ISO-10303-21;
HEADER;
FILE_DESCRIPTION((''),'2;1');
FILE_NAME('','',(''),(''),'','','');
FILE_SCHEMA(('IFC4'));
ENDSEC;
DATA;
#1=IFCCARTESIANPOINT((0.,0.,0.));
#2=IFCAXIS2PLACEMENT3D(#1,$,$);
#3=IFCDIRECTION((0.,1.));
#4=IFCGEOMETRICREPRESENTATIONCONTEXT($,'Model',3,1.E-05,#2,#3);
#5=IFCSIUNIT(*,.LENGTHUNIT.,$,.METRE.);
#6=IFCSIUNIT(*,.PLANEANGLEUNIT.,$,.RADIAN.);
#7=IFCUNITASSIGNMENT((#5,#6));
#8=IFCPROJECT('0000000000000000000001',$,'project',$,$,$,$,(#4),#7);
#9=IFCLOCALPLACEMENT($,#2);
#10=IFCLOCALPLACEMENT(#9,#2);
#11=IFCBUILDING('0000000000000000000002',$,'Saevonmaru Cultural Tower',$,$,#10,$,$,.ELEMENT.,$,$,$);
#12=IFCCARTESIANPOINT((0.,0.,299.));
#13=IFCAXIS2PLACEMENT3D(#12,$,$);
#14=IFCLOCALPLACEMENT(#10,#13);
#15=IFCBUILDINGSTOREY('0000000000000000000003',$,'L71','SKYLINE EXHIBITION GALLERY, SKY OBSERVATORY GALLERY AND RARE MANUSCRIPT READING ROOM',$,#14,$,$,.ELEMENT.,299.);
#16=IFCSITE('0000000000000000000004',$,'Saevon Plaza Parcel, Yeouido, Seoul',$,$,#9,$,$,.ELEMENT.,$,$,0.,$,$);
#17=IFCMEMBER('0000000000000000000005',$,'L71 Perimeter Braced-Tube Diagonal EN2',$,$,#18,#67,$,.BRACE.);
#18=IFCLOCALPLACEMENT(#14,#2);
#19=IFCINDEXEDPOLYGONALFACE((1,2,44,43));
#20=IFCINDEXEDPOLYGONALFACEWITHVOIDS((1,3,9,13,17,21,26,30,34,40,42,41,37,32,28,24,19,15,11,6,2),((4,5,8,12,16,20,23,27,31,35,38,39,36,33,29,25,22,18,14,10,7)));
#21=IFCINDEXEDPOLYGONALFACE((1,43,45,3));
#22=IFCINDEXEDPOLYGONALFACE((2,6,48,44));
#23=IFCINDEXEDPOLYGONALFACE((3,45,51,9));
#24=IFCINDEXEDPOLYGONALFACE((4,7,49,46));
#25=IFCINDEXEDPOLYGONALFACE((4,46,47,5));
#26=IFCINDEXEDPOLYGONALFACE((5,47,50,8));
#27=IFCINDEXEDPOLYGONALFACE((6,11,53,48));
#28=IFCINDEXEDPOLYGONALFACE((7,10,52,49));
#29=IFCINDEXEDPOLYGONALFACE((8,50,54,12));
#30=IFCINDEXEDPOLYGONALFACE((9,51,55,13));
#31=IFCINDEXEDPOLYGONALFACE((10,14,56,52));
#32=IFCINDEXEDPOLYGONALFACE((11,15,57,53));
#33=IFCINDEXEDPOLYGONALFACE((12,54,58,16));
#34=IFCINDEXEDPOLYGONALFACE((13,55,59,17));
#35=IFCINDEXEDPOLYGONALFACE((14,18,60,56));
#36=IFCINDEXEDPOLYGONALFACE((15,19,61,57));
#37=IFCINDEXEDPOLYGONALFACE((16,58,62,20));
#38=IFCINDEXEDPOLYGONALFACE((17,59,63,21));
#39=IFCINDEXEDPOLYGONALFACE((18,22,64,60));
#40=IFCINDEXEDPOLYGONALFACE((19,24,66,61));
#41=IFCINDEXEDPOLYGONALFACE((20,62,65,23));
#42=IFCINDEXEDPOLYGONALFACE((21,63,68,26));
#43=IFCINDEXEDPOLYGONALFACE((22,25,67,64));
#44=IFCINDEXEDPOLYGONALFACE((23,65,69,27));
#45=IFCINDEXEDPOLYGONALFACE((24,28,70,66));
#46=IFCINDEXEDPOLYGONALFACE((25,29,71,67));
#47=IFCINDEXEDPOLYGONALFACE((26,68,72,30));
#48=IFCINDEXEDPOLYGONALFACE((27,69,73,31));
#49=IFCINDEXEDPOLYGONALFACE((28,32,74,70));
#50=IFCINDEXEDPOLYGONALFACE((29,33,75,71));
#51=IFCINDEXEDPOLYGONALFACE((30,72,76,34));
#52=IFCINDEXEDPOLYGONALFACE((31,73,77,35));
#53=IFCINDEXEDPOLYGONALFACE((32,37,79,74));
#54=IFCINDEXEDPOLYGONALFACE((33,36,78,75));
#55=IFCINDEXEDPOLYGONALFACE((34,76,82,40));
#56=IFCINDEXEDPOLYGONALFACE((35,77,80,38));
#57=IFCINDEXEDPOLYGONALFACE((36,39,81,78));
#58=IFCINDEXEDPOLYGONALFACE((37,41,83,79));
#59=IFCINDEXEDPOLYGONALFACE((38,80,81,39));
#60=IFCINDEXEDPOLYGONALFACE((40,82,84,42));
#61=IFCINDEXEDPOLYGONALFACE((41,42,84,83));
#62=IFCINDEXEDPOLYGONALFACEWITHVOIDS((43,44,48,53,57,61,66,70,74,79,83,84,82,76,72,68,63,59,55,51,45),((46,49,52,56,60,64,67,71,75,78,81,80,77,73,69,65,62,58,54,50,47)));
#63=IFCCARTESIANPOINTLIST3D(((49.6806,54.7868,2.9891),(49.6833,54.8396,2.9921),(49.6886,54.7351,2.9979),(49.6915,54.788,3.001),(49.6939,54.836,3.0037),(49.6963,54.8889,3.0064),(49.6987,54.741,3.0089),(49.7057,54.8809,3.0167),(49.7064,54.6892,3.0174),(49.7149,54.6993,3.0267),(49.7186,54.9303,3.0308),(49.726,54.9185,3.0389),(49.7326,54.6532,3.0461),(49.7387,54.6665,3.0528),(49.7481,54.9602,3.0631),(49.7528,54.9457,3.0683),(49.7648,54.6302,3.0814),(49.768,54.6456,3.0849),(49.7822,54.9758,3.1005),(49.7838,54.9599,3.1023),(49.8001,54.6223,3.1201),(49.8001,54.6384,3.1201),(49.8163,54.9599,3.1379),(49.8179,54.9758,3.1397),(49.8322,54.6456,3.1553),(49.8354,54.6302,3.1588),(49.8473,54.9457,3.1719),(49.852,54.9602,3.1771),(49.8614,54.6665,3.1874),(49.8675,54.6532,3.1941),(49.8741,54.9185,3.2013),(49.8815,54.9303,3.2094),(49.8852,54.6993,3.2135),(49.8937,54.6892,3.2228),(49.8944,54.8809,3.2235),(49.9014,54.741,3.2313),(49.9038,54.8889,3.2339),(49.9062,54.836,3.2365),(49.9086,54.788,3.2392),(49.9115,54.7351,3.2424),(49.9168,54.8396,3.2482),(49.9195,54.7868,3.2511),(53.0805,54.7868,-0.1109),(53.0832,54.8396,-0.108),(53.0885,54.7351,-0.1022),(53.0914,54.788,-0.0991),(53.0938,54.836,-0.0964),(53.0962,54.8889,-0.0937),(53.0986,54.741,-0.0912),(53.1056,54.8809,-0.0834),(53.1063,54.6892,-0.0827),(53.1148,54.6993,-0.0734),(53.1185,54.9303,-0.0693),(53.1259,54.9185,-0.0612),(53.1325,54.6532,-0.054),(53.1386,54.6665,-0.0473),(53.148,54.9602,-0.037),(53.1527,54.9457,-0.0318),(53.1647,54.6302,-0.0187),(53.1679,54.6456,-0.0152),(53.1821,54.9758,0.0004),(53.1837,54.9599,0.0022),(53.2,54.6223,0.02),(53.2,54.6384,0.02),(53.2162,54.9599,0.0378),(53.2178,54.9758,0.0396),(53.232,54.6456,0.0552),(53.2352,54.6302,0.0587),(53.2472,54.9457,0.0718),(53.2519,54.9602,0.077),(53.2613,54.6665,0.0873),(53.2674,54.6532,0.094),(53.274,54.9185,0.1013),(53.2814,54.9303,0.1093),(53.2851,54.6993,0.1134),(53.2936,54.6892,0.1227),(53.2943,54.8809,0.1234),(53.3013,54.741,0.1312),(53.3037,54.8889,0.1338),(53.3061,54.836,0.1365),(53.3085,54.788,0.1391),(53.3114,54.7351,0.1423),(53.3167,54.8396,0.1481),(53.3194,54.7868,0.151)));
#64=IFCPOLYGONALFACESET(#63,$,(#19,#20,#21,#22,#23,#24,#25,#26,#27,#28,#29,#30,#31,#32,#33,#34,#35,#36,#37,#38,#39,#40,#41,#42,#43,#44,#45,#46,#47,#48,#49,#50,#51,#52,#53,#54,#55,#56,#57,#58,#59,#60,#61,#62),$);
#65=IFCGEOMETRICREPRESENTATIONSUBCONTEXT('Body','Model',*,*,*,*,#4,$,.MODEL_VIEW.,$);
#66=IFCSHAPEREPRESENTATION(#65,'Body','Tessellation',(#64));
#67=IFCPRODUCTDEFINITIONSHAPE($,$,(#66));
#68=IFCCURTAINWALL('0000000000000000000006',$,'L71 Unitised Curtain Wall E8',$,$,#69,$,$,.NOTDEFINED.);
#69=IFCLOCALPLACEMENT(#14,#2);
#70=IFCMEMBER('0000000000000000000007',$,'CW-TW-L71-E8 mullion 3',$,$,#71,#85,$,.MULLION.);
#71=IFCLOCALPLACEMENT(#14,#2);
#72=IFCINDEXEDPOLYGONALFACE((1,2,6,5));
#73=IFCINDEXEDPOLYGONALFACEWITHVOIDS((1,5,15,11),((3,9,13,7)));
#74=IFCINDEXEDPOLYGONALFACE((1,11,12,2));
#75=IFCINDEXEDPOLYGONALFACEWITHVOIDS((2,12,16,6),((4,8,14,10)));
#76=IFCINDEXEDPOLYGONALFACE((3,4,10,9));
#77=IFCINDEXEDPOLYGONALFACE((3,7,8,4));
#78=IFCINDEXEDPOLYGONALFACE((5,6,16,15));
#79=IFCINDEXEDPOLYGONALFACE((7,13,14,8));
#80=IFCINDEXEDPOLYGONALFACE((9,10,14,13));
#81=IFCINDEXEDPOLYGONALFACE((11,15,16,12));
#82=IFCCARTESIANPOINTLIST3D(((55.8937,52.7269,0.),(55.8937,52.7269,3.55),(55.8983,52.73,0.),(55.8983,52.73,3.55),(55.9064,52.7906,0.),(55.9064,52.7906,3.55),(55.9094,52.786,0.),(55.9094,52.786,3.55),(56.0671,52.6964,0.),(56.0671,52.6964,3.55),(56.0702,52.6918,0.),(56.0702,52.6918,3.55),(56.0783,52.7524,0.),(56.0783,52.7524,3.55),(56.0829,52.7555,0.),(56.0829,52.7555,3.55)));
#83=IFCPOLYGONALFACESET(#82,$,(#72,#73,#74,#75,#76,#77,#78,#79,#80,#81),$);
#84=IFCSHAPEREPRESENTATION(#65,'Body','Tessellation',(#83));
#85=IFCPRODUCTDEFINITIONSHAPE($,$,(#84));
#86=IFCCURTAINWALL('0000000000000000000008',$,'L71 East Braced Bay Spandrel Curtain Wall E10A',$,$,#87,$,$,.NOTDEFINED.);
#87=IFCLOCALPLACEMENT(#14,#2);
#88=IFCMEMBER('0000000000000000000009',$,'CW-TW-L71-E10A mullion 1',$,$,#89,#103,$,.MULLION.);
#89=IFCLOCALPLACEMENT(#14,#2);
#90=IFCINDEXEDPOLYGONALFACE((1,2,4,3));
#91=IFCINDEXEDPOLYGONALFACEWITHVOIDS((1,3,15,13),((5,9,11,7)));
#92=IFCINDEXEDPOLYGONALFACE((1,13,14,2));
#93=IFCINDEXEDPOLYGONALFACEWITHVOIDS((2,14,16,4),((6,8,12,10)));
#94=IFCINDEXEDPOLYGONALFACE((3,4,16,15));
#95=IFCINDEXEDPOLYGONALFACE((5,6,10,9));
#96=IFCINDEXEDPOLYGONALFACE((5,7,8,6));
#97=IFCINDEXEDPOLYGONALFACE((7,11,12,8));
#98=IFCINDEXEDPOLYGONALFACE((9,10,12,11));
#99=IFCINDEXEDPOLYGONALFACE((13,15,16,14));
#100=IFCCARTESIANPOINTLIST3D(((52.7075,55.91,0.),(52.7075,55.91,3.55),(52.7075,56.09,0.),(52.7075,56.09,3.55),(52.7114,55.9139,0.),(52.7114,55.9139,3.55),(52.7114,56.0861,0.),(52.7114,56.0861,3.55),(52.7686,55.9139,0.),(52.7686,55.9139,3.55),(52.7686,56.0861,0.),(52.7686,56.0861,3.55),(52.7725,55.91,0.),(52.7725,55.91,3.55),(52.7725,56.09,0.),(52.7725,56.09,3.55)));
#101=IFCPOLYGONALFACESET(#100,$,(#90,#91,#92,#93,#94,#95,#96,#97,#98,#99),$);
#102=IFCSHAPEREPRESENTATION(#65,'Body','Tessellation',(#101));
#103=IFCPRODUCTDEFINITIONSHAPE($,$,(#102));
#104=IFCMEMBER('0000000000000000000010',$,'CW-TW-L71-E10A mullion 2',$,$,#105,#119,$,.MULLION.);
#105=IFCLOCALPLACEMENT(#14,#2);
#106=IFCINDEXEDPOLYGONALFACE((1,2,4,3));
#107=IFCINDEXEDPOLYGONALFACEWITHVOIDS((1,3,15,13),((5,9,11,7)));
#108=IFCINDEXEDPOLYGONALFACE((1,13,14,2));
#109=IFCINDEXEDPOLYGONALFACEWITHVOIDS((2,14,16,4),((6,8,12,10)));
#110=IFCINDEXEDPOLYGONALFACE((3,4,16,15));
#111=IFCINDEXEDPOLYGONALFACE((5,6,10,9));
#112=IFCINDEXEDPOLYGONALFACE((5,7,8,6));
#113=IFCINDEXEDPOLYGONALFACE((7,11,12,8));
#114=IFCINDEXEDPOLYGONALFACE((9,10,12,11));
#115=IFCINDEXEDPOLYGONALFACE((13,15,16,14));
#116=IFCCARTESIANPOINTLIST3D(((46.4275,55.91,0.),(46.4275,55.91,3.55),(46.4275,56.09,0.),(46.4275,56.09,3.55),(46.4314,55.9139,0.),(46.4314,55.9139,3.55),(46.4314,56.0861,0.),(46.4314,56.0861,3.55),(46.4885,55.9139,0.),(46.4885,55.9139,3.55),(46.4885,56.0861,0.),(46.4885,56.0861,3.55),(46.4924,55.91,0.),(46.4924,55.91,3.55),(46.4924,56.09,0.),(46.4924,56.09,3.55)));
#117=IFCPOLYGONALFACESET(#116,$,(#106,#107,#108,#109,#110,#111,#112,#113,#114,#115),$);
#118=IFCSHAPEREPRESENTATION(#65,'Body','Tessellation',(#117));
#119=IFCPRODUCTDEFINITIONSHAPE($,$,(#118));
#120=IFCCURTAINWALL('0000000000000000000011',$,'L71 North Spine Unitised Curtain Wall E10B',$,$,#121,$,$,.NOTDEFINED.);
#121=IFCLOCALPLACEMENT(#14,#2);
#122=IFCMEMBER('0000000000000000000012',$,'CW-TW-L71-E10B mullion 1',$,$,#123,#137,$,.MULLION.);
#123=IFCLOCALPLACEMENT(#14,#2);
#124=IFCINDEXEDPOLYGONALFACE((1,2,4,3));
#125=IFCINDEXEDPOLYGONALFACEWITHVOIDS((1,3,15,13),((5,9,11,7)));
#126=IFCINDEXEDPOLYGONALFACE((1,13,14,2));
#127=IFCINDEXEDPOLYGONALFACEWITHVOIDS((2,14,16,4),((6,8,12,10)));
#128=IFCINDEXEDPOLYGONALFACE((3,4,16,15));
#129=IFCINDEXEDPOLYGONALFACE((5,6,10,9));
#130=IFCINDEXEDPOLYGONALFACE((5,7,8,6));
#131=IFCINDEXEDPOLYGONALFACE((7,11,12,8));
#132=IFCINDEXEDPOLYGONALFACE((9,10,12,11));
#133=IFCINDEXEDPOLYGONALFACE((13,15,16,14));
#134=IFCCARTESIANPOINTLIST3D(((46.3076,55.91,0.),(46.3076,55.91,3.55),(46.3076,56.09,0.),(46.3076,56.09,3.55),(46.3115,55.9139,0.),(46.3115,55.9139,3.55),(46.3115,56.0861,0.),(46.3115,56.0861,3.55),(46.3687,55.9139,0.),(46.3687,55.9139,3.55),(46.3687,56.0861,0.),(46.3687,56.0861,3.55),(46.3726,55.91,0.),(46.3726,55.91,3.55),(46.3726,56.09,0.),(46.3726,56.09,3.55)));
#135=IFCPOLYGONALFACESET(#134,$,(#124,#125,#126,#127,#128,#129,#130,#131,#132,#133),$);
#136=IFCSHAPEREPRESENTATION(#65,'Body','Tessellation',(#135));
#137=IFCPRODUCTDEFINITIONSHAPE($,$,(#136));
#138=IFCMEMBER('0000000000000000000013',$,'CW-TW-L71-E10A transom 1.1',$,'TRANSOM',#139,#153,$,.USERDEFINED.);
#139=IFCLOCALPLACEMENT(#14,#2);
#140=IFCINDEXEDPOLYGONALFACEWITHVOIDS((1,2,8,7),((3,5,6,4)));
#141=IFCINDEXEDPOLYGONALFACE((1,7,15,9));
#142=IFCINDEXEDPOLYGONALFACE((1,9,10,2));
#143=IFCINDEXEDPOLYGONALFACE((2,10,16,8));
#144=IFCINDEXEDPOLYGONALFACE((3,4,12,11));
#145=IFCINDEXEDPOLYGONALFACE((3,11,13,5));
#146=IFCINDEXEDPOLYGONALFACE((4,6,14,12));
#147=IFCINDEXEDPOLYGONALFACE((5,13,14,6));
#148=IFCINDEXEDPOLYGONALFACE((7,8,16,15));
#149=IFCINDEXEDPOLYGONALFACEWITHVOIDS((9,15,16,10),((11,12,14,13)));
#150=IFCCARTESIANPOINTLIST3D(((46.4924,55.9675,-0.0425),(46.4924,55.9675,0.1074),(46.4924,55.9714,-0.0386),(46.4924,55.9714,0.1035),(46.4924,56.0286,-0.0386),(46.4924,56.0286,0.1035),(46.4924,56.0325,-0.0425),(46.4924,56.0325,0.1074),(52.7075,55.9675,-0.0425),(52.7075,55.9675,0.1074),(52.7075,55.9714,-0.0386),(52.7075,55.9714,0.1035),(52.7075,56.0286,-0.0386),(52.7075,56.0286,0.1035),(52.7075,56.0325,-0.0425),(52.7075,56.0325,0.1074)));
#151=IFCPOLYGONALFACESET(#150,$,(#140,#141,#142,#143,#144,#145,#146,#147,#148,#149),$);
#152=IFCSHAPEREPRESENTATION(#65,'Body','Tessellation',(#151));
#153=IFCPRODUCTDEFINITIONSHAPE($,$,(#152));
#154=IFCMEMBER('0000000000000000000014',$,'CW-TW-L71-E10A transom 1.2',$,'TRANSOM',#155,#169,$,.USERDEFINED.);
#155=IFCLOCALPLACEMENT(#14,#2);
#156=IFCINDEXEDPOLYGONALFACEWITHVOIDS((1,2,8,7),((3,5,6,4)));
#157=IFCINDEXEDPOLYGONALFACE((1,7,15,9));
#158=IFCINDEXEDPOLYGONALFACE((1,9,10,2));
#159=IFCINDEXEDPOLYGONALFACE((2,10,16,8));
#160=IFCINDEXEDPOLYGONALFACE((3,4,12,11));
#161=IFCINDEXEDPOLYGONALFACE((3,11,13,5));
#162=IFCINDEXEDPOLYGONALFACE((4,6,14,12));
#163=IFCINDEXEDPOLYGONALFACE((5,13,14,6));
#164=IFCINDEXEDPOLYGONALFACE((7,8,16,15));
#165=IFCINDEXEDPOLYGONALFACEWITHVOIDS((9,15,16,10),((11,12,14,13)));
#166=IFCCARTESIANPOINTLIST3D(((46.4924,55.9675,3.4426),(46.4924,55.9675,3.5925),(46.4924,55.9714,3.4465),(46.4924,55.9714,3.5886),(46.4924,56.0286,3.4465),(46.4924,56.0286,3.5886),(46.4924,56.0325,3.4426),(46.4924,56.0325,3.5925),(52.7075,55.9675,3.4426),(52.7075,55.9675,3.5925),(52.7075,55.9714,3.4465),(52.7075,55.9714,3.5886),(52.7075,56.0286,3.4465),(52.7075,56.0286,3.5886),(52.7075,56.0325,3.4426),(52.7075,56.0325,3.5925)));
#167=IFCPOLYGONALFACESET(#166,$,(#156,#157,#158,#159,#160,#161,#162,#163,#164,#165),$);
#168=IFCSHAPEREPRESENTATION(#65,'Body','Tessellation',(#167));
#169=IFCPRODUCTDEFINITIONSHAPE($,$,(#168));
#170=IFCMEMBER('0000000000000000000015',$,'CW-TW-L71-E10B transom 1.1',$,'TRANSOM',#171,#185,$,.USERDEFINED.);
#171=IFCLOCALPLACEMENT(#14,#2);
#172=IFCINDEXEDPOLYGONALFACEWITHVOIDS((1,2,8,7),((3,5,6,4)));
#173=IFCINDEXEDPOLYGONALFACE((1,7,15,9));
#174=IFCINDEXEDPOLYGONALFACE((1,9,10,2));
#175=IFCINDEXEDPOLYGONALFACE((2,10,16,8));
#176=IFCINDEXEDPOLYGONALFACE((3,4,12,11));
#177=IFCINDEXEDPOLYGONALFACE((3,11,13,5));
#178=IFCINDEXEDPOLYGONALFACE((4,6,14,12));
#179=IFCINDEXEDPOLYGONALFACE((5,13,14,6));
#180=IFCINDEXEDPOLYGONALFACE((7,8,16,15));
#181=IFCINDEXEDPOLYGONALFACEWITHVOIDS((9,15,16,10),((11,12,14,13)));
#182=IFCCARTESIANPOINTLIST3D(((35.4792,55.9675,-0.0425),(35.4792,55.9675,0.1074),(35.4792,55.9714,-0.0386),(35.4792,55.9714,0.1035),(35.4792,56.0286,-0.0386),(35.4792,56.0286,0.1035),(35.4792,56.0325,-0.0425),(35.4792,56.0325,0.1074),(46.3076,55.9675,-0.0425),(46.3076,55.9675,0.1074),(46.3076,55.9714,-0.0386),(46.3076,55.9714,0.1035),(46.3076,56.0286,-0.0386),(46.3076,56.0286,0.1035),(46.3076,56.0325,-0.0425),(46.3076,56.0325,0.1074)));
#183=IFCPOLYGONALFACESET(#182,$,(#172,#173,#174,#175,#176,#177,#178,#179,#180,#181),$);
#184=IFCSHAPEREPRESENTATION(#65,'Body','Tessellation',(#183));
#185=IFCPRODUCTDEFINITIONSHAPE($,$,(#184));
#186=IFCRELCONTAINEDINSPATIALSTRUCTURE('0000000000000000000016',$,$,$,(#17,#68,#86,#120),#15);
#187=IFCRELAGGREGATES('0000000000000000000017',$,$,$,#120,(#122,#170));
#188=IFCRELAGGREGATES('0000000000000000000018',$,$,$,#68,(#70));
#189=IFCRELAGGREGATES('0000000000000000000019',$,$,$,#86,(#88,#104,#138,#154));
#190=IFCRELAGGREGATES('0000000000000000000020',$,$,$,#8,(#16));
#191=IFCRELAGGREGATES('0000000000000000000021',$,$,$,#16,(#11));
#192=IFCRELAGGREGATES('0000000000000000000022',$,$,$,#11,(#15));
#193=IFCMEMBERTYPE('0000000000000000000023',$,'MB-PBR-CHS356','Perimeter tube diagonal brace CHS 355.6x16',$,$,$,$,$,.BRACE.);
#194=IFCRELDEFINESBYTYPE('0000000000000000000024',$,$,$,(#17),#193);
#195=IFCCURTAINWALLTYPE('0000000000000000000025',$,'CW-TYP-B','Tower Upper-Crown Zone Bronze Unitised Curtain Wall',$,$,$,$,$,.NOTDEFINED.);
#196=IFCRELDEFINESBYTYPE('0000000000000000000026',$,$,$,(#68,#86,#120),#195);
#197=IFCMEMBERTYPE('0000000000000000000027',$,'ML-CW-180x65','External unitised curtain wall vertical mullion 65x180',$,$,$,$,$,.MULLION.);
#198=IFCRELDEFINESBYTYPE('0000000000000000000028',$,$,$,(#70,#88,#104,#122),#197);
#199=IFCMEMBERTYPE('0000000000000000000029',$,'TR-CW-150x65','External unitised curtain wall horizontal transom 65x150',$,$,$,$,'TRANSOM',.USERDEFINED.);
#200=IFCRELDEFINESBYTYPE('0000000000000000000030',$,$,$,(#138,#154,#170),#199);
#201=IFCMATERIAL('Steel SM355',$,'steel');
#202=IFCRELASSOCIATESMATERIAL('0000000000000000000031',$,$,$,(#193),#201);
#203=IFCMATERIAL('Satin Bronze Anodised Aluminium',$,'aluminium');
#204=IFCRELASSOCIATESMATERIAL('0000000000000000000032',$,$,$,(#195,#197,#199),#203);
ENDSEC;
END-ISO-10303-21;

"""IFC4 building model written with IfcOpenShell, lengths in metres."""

from ifc_helpers import new_model, si_unit, direction, frame, origin, origin_2d, place, context, subcontext, project, spatial, hollow_rectangle, hollow_circle, extrude, material, material_profile, profile_set, type_object, element, aggregate, save


model = new_model("IFC4")

# Units and contexts
model_context = context("Model", 3, precision=1e-05, world=origin(), true_north=direction((0.0, 1.0)))
body_context = subcontext(model_context, "Body", "Model", "MODEL_VIEW")
ifc_project = project(units=[si_unit("LENGTHUNIT", "METRE"), si_unit("PLANEANGLEUNIT", "RADIAN")], contexts=[model_context])

# Site, building, storey
site_placement = place(None, origin())
site = spatial("IfcSite", under=ifc_project, at=site_placement, Name="Saevon Plaza Parcel, Yeouido, Seoul", CompositionType="ELEMENT", RefElevation=0.0)
building_placement = place(site_placement, origin())
building = spatial("IfcBuilding", under=site, at=building_placement, Name="Saevonmaru Cultural Tower", CompositionType="ELEMENT")
storey_placement = place(building_placement, frame((0.0, 0.0, 299.0)))
storey = spatial("IfcBuildingStorey", under=building, at=storey_placement, Name="L71", Description="SKYLINE EXHIBITION GALLERY, SKY OBSERVATORY GALLERY AND RARE MANUSCRIPT READING ROOM", CompositionType="ELEMENT", Elevation=299.0)

# Shared definitions
ifc_material_1 = material(Name="Steel SM355", Category="steel")

# Member
ifc_material_profile_1 = material_profile(ifc_material_1, hollow_circle(Radius=0.1777, WallThickness=0.0161, at=origin_2d()), Name="CHS-355.6x16")
ifc_profile_set_1 = profile_set([ifc_material_profile_1], Name="Steel SM355")
member_type_1 = type_object("IfcMemberType", Name="MB-PBR-CHS356", Description="Perimeter tube diagonal brace CHS 355.6x16", PredefinedType="BRACE", material=ifc_profile_set_1)
member_1_placement = place(storey_placement, frame((53.2, 54.8, 0.02), z_axis=(-0.738936, 0.0, 0.673776), x_axis=(0.0, -1.0, 0.0)))
element("IfcMember", 1, at=member_1_placement, inside=storey, type_object=member_type_1, Name="L71 Perimeter Braced-Tube Diagonal EN2", PredefinedType="BRACE", context=body_context, shape_type="SweptSolid", body=[
    extrude(hollow_circle(Radius=0.1777, WallThickness=0.0161, at=origin_2d()), origin(), (0.0, 0.0, 1.0), 4.6011),
])

# Curtain wall, member
ifc_material_2 = material(Name="Satin Bronze Anodised Aluminium", Category="aluminium")
curtain_wall_type = type_object("IfcCurtainWallType", Name="CW-TYP-B", Description="Tower Upper-Crown Zone Bronze Unitised Curtain Wall", PredefinedType="NOTDEFINED", material=ifc_material_2)
curtain_wall_1_placement = place(storey_placement, origin())
curtain_wall_1 = element("IfcCurtainWall", 2, at=curtain_wall_1_placement, inside=storey, type_object=curtain_wall_type, Name="L71 Unitised Curtain Wall E8", PredefinedType="NOTDEFINED")
ifc_material_profile_2 = material_profile(ifc_material_2, hollow_rectangle(XDim=0.0649, YDim=0.1799, WallThickness=0.0039, at=origin_2d()), Name="ALU-MULL-180x65x4")
ifc_profile_set_2 = profile_set([ifc_material_profile_2], Name="Satin Bronze Anodised Aluminium")
member_type_2 = type_object("IfcMemberType", Name="ML-CW-180x65", Description="External unitised curtain wall vertical mullion 65x180", PredefinedType="MULLION", material=ifc_profile_set_2)
member_2_placement = place(storey_placement, frame((55.9883, 52.7412, 0.0), z_axis=(0.0, 0.0, 1.0), x_axis=(0.195005, 0.980802, 0.0)))
member_2 = element("IfcMember", 3, at=member_2_placement, type_object=member_type_2, Name="CW-TW-L71-E8 mullion 3", PredefinedType="MULLION", context=body_context, shape_type="SweptSolid", body=[
    extrude(hollow_rectangle(XDim=0.0649, YDim=0.1799, WallThickness=0.0039, at=origin_2d()), origin(), (0.0, 0.0, 1.0), 3.55),
])

# Curtain wall, members
curtain_wall_2_placement = place(storey_placement, origin())
curtain_wall_2 = element("IfcCurtainWall", 4, at=curtain_wall_2_placement, inside=storey, type_object=curtain_wall_type, Name="L71 East Braced Bay Spandrel Curtain Wall E10A", PredefinedType="NOTDEFINED")
member_3_placement = place(storey_placement, frame((52.74, 56.0, 0.0), z_axis=(0.0, 0.0, 1.0), x_axis=(-1.0, 0.0, 0.0)))
member_3 = element("IfcMember", 5, at=member_3_placement, type_object=member_type_2, Name="CW-TW-L71-E10A mullion 1", PredefinedType="MULLION", context=body_context, shape_type="SweptSolid", body=[
    extrude(hollow_rectangle(XDim=0.0649, YDim=0.1799, WallThickness=0.0039, at=origin_2d()), origin(), (0.0, 0.0, 1.0), 3.55),
])
member_4_placement = place(storey_placement, frame((46.46, 56.0, 0.0), z_axis=(0.0, 0.0, 1.0), x_axis=(-1.0, 0.0, 0.0)))
member_4 = element("IfcMember", 6, at=member_4_placement, type_object=member_type_2, Name="CW-TW-L71-E10A mullion 2", PredefinedType="MULLION", context=body_context, shape_type="SweptSolid", body=[
    extrude(hollow_rectangle(XDim=0.0649, YDim=0.1799, WallThickness=0.0039, at=origin_2d()), origin(), (0.0, 0.0, 1.0), 3.55),
])

# Curtain wall, member
curtain_wall_3_placement = place(storey_placement, origin())
curtain_wall_3 = element("IfcCurtainWall", 7, at=curtain_wall_3_placement, inside=storey, type_object=curtain_wall_type, Name="L71 North Spine Unitised Curtain Wall E10B", PredefinedType="NOTDEFINED")
member_5_placement = place(storey_placement, frame((46.3401, 56.0, 0.0), z_axis=(0.0, 0.0, 1.0), x_axis=(-1.0, 0.0, 0.0)))
member_5 = element("IfcMember", 8, at=member_5_placement, type_object=member_type_2, Name="CW-TW-L71-E10B mullion 1", PredefinedType="MULLION", context=body_context, shape_type="SweptSolid", body=[
    extrude(hollow_rectangle(XDim=0.0649, YDim=0.1799, WallThickness=0.0039, at=origin_2d()), origin(), (0.0, 0.0, 1.0), 3.55),
])

# Members
ifc_material_profile_3 = material_profile(ifc_material_2, hollow_rectangle(XDim=0.0649, YDim=0.1499, WallThickness=0.0039, at=origin_2d()), Name="ALU-TRAN-150x65x4")
ifc_profile_set_3 = profile_set([ifc_material_profile_3], Name="Satin Bronze Anodised Aluminium")
member_type_3 = type_object("IfcMemberType", Name="TR-CW-150x65", Description="External unitised curtain wall horizontal transom 65x150", ElementType="TRANSOM", PredefinedType="USERDEFINED", material=ifc_profile_set_3)
member_6_placement = place(storey_placement, frame((52.7075, 56.0, 0.0325), z_axis=(-1.0, 0.0, 0.0), x_axis=(0.0, -1.0, 0.0)))
member_6 = element("IfcMember", 9, at=member_6_placement, type_object=member_type_3, Name="CW-TW-L71-E10A transom 1.1", ObjectType="TRANSOM", PredefinedType="USERDEFINED", context=body_context, shape_type="SweptSolid", body=[
    extrude(hollow_rectangle(XDim=0.0649, YDim=0.1499, WallThickness=0.0039, at=origin_2d()), origin(), (0.0, 0.0, 1.0), 6.2151),
])
member_7_placement = place(storey_placement, frame((52.7075, 56.0, 3.5176), z_axis=(-1.0, 0.0, 0.0), x_axis=(0.0, -1.0, 0.0)))
member_7 = element("IfcMember", 10, at=member_7_placement, type_object=member_type_3, Name="CW-TW-L71-E10A transom 1.2", ObjectType="TRANSOM", PredefinedType="USERDEFINED", context=body_context, shape_type="SweptSolid", body=[
    extrude(hollow_rectangle(XDim=0.0649, YDim=0.1499, WallThickness=0.0039, at=origin_2d()), origin(), (0.0, 0.0, 1.0), 6.2151),
])
member_8_placement = place(storey_placement, frame((46.3076, 56.0, 0.0325), z_axis=(-1.0, 0.0, 0.0), x_axis=(0.0, -1.0, 0.0)))
member_8 = element("IfcMember", 11, at=member_8_placement, type_object=member_type_3, Name="CW-TW-L71-E10B transom 1.1", ObjectType="TRANSOM", PredefinedType="USERDEFINED", context=body_context, shape_type="SweptSolid", body=[
    extrude(hollow_rectangle(XDim=0.0649, YDim=0.1499, WallThickness=0.0039, at=origin_2d()), origin(), (0.0, 0.0, 1.0), 10.8284),
])
aggregate(curtain_wall_3, [member_5, member_8])

aggregate(curtain_wall_1, [member_2])
aggregate(curtain_wall_2, [member_3, member_4, member_6, member_7])

save(model, "model.ifc")
